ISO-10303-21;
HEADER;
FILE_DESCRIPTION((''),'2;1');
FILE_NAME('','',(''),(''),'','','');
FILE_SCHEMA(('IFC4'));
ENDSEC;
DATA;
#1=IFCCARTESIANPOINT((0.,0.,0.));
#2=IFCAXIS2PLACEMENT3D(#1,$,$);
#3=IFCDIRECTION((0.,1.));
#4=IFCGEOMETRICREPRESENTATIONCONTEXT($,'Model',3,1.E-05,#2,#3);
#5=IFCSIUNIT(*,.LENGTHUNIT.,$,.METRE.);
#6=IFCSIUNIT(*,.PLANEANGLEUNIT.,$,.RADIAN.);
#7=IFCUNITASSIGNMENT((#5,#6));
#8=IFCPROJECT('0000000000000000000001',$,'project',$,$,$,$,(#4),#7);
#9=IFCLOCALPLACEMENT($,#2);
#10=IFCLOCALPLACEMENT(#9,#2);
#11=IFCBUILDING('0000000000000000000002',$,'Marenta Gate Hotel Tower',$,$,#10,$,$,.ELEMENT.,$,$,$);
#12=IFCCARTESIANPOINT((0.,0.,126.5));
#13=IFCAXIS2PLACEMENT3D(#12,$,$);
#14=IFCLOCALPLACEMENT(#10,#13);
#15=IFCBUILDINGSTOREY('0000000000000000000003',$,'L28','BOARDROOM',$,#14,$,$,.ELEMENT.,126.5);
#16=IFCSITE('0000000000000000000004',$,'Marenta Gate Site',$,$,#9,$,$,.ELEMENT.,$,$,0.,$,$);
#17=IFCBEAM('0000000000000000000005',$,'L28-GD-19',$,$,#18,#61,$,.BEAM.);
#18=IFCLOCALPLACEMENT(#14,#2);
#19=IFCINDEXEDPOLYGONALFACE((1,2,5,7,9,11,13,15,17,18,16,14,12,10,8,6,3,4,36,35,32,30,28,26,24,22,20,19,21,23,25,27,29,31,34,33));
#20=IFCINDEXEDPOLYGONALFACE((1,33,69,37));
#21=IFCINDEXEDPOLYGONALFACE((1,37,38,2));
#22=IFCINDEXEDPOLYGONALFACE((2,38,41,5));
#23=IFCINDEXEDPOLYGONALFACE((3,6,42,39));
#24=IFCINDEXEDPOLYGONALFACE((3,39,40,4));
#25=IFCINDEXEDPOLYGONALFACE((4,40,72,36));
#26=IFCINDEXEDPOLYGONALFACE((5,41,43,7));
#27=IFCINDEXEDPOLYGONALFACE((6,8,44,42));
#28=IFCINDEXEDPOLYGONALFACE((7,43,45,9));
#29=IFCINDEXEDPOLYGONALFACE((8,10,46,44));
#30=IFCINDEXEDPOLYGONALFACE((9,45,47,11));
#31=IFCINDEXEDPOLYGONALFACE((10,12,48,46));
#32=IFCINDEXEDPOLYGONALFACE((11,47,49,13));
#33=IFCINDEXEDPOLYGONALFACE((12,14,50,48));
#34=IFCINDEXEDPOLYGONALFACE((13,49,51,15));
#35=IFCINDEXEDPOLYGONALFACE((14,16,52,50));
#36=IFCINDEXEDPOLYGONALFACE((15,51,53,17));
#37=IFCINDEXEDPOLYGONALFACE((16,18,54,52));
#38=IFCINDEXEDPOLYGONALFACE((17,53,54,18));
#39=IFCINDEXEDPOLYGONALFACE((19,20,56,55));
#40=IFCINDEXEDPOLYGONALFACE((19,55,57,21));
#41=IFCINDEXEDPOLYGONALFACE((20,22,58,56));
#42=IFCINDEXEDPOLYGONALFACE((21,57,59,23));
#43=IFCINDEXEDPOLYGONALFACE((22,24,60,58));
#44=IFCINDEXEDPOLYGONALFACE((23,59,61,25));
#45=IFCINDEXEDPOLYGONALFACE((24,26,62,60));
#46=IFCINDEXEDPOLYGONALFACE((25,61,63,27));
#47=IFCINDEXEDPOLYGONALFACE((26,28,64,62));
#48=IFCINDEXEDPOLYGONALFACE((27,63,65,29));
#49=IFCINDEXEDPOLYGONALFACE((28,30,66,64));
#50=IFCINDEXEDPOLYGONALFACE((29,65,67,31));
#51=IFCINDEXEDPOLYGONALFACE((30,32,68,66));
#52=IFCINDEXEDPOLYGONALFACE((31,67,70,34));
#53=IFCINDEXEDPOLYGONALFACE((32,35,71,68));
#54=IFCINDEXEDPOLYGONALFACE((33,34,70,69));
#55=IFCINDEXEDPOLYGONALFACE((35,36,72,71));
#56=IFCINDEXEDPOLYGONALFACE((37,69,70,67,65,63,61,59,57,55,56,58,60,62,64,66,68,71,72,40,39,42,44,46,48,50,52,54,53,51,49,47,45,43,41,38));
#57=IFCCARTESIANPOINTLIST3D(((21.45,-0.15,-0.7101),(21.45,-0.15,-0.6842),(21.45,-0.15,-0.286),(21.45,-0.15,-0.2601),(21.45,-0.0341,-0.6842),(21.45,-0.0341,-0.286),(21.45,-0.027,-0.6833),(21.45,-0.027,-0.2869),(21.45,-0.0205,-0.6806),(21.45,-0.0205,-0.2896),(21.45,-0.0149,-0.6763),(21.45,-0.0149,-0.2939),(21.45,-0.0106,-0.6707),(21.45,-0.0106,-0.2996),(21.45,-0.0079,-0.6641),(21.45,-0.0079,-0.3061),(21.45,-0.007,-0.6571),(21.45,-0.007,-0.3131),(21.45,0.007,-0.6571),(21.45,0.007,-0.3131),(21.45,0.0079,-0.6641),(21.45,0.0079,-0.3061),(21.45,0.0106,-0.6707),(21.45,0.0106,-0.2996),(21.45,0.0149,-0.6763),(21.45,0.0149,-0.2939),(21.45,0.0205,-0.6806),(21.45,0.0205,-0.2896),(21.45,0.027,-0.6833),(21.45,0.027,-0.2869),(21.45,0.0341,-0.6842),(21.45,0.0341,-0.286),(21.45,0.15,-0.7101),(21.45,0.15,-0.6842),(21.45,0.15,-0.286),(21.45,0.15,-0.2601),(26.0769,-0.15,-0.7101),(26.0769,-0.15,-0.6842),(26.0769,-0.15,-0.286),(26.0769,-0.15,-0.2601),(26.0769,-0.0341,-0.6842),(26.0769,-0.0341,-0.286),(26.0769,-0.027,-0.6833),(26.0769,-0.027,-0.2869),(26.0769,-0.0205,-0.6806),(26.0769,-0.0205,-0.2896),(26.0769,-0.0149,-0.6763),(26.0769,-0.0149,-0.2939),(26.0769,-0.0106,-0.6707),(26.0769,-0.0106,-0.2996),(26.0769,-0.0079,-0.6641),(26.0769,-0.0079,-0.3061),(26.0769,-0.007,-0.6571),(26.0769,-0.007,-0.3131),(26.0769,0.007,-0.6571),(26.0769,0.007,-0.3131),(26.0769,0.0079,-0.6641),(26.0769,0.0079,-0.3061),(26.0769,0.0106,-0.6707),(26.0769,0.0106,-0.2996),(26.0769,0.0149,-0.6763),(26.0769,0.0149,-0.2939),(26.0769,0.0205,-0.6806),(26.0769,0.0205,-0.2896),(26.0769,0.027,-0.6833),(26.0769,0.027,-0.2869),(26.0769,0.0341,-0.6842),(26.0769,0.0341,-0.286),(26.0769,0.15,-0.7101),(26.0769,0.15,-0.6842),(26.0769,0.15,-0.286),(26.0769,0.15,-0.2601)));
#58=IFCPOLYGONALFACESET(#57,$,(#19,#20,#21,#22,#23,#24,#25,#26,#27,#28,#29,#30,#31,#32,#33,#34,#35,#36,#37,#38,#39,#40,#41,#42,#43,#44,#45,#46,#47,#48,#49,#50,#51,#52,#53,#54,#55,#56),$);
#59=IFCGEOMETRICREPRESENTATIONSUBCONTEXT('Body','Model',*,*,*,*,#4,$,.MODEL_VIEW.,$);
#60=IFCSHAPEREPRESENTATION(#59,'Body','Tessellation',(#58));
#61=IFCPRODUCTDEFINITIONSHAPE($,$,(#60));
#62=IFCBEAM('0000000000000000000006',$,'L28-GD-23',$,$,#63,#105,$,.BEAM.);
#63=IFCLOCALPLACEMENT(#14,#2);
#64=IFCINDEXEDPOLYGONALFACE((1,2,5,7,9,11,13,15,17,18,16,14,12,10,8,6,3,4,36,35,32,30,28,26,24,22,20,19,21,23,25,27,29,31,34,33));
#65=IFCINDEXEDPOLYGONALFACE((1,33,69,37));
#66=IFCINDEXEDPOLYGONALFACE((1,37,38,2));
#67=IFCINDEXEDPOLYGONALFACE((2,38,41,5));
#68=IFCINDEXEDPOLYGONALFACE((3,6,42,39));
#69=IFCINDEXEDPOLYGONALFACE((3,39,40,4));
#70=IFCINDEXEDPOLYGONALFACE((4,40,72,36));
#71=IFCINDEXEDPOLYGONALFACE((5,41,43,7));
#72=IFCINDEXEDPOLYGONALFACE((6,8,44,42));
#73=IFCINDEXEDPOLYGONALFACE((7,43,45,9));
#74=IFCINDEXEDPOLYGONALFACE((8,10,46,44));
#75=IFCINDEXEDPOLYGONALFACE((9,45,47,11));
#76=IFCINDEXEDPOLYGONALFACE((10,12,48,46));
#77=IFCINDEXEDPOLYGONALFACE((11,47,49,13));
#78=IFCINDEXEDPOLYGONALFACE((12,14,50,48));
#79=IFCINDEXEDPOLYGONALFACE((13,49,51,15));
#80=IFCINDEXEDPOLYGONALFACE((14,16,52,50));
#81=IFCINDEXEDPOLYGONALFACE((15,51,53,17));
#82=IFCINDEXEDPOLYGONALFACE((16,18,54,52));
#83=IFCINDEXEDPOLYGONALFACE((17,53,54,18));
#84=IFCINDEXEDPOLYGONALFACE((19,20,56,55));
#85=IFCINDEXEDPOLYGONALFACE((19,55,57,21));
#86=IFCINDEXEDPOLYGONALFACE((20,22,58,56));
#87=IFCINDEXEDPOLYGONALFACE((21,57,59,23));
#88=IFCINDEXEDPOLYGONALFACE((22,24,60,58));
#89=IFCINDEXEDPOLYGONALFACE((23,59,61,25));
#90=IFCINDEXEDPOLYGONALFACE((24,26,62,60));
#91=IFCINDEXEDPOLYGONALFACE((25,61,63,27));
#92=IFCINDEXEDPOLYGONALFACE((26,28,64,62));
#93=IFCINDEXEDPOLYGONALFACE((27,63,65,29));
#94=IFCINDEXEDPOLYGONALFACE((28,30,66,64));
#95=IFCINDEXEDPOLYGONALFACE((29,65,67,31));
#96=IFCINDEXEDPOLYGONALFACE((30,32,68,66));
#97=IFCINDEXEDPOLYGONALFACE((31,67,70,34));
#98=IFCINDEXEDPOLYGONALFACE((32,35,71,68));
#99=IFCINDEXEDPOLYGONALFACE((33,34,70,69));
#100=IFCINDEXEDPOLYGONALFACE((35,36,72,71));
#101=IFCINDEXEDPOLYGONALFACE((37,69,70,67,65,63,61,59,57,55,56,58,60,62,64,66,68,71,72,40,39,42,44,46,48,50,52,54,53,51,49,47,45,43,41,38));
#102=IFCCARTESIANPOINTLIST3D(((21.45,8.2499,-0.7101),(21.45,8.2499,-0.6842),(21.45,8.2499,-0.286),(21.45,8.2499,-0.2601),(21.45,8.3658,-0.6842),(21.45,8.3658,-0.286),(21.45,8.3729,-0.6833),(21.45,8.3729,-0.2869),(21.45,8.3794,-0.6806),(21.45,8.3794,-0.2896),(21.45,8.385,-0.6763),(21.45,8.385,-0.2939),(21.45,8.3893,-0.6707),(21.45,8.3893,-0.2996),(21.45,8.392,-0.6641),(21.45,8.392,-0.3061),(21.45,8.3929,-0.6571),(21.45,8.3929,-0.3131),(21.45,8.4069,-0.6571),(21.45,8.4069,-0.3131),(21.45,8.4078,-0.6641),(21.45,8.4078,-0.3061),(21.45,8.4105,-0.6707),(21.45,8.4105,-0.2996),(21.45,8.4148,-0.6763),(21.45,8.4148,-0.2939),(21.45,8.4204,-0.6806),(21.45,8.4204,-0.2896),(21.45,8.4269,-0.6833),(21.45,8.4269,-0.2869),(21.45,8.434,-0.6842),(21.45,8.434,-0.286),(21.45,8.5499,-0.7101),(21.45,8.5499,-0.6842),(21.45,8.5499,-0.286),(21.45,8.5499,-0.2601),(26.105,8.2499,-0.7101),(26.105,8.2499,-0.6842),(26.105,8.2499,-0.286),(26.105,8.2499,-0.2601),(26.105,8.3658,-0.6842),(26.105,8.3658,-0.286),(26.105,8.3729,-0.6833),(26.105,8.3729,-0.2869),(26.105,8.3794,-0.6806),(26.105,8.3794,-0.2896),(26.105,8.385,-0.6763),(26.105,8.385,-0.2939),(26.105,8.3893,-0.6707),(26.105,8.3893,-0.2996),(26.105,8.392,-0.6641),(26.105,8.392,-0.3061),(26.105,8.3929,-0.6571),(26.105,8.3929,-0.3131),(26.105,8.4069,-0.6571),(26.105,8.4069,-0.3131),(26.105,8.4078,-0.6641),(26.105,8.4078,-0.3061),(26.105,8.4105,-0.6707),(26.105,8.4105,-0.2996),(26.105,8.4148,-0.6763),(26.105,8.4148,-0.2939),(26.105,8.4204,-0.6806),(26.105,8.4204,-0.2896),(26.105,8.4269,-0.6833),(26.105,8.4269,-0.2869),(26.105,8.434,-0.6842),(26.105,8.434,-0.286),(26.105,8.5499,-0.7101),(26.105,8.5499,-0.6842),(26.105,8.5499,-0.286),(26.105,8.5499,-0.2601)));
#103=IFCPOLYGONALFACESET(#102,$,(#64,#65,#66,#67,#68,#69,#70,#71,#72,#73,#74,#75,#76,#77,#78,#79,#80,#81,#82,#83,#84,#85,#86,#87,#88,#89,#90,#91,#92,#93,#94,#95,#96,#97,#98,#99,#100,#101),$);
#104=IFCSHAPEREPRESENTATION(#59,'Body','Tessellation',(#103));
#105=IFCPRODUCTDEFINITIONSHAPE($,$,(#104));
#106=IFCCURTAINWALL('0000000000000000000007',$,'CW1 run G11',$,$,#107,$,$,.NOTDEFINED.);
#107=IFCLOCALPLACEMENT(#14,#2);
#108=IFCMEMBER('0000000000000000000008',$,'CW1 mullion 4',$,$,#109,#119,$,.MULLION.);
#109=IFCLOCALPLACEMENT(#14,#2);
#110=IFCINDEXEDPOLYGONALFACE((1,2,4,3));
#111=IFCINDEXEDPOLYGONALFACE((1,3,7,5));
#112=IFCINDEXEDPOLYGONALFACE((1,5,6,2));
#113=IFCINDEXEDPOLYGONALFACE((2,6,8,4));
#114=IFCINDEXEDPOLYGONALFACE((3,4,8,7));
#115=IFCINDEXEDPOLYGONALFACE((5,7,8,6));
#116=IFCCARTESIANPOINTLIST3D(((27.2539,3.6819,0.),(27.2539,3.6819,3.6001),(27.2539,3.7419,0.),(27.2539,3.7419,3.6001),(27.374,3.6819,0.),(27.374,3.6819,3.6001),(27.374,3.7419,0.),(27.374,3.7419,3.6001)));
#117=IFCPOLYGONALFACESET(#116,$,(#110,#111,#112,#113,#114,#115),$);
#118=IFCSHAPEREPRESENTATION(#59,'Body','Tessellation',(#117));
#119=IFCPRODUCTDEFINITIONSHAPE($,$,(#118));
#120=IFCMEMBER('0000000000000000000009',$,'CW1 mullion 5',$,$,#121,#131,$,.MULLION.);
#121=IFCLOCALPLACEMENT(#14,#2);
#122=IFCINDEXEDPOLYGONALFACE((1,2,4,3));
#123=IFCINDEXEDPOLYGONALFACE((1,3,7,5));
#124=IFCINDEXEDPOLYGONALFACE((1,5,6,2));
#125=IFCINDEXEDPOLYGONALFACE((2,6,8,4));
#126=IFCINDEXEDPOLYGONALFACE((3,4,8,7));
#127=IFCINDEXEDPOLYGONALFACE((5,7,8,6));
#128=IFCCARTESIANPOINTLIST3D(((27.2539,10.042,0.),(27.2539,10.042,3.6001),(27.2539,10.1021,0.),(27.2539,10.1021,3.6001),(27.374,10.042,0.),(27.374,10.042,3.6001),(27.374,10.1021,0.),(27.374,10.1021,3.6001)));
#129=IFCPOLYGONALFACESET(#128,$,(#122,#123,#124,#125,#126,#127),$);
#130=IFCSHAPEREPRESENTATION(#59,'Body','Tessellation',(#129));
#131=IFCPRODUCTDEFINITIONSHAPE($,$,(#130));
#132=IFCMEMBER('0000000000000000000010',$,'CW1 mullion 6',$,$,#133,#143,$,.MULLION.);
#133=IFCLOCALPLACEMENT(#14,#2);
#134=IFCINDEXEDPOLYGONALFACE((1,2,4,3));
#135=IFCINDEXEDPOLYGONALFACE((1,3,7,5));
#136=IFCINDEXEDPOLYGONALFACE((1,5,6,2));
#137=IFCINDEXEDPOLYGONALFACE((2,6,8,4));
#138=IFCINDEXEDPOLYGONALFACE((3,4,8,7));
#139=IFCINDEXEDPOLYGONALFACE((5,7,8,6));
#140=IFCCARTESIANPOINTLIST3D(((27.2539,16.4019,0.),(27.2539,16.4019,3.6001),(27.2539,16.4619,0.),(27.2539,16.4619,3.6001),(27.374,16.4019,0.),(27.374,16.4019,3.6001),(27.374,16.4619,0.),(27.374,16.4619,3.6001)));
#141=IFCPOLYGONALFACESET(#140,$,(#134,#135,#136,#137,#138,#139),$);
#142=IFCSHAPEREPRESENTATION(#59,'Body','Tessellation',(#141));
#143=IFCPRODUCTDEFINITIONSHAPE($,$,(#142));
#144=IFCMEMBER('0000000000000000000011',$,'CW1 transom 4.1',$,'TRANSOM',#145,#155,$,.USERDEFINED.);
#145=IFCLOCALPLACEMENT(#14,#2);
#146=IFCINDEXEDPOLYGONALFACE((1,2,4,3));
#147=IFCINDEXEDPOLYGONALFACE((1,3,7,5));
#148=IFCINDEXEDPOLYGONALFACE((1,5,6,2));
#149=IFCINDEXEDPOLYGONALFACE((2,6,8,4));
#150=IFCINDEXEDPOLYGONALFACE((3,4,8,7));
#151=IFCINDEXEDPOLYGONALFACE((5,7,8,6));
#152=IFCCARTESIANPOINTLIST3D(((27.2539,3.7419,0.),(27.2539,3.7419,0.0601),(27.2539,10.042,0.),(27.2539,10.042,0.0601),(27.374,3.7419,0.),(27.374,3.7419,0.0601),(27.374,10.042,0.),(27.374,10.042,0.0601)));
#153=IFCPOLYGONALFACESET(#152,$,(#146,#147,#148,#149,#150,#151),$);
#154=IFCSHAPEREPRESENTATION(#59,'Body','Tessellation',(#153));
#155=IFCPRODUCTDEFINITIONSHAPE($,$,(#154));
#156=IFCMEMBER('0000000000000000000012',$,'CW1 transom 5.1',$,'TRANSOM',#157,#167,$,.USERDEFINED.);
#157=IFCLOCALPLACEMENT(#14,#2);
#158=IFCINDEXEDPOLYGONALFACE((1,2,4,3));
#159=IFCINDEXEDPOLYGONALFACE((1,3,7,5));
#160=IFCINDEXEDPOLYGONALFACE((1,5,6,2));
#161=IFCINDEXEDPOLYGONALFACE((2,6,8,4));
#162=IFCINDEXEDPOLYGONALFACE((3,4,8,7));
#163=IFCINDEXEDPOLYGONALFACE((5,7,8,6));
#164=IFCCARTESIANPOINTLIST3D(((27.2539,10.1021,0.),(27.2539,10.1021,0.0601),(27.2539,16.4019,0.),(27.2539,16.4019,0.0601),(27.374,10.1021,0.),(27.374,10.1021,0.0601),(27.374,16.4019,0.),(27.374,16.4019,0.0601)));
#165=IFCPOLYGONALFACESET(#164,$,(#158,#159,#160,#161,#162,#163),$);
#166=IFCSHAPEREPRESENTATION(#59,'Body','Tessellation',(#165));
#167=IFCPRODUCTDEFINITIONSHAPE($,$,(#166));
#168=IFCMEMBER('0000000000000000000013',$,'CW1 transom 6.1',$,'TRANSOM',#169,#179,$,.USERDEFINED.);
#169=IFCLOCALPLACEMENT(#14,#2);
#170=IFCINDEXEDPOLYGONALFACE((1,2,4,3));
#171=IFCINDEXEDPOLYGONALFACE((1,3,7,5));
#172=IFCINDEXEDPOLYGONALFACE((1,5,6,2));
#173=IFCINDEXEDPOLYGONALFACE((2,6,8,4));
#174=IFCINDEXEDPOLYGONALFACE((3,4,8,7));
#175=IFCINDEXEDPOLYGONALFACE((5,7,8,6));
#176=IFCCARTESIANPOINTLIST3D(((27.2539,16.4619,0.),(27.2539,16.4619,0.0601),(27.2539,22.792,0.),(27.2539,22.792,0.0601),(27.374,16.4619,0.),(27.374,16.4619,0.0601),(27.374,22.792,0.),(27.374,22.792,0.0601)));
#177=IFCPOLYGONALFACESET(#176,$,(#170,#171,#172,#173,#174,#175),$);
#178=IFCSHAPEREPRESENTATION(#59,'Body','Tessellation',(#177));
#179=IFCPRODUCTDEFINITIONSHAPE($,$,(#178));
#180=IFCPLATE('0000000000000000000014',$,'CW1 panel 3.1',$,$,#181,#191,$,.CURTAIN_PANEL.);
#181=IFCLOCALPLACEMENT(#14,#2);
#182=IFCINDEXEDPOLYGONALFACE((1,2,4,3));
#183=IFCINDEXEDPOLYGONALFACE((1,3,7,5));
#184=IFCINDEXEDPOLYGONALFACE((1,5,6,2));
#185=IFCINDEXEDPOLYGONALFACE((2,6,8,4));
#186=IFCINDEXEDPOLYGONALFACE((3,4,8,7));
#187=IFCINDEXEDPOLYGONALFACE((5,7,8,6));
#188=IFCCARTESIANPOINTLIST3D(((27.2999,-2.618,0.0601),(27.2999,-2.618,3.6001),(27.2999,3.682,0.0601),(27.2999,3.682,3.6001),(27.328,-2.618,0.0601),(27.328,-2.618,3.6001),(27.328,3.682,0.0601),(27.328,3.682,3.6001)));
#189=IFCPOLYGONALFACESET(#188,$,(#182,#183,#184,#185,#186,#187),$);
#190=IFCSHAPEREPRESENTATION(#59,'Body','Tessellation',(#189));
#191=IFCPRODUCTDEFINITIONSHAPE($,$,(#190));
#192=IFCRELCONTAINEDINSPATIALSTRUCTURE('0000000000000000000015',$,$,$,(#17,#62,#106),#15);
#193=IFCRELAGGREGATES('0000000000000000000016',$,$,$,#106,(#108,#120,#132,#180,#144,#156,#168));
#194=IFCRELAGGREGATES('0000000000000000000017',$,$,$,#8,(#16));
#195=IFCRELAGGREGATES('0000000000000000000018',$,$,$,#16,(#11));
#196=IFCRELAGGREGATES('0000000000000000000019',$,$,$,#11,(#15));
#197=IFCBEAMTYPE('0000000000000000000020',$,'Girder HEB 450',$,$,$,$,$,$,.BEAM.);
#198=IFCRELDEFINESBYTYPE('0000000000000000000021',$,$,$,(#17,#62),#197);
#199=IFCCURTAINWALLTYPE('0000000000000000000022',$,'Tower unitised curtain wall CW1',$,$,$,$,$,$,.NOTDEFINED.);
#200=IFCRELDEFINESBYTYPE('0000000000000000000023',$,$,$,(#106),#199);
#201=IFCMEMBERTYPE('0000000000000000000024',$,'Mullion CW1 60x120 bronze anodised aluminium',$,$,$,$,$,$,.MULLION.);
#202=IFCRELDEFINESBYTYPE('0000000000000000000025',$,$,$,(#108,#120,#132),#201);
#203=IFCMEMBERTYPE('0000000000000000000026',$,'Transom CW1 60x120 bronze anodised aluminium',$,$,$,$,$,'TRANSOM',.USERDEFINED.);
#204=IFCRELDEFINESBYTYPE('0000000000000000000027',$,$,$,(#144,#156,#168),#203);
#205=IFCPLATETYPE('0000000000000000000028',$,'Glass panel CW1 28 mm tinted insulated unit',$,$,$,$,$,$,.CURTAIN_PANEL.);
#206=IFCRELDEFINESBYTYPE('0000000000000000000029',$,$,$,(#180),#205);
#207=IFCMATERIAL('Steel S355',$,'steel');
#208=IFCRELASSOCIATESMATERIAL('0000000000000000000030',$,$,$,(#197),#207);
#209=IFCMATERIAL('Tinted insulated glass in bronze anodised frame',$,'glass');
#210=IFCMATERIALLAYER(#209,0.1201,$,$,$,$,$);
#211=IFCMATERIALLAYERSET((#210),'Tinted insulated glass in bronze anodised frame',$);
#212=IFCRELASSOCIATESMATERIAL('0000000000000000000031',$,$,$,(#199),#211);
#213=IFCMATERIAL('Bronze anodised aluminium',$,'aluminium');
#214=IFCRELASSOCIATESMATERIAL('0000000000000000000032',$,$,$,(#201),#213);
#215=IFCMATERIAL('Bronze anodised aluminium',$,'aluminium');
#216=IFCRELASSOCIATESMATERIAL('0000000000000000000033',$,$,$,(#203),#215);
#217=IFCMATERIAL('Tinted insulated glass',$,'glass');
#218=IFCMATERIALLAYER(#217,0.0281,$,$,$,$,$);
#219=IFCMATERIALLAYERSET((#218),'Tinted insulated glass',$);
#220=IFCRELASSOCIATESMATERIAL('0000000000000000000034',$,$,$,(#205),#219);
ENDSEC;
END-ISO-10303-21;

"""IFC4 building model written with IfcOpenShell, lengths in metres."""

from ifc_helpers import new_model, si_unit, direction, frame, origin, origin_2d, place, context, subcontext, project, spatial, rectangle, i_section, extrude, material, layer, layer_set, material_profile, profile_set, type_object, element, aggregate, save


model = new_model("IFC4")

# Units and contexts
model_context = context("Model", 3, precision=1e-05, world=origin(), true_north=direction((0.0, 1.0)))
body_context = subcontext(model_context, "Body", "Model", "MODEL_VIEW")
ifc_project = project(units=[si_unit("LENGTHUNIT", "METRE"), si_unit("PLANEANGLEUNIT", "RADIAN")], contexts=[model_context])

# Site, building, storey
site_placement = place(None, origin())
site = spatial("IfcSite", under=ifc_project, at=site_placement, Name="Marenta Gate Site", CompositionType="ELEMENT", RefElevation=0.0)
building_placement = place(site_placement, origin())
building = spatial("IfcBuilding", under=site, at=building_placement, Name="Marenta Gate Hotel Tower", CompositionType="ELEMENT")
storey_placement = place(building_placement, frame((0.0, 0.0, 126.5)))
storey = spatial("IfcBuildingStorey", under=building, at=storey_placement, Name="L28", Description="BOARDROOM", CompositionType="ELEMENT", Elevation=126.5)

# Beams
ifc_material_1 = material(Name="Steel S355", Category="steel")
ifc_material_profile_1 = material_profile(ifc_material_1, i_section(OverallWidth=0.3, OverallDepth=0.45, WebThickness=0.0139, FlangeThickness=0.0259, FilletRadius=0.0271, at=origin_2d()), Name="HEB 450")
ifc_profile_set_1 = profile_set([ifc_material_profile_1], Name="Steel S355")
beam_type_1 = type_object("IfcBeamType", Name="Girder HEB 450", PredefinedType="BEAM", material=ifc_profile_set_1)
beam_1_placement = place(storey_placement, frame((21.45, 0.0, -0.4851), z_axis=(1.0, 0.0, 0.0), x_axis=(0.0, 1.0, 0.0)))
element("IfcBeam", 1, at=beam_1_placement, inside=storey, type_object=beam_type_1, Name="L28-GD-19", PredefinedType="BEAM", context=body_context, shape_type="SweptSolid", body=[
    extrude(i_section(OverallWidth=0.3, OverallDepth=0.45, WebThickness=0.0139, FlangeThickness=0.0259, FilletRadius=0.0271, at=origin_2d()), origin(), (0.0, 0.0, 1.0), 4.627),
])
beam_2_placement = place(storey_placement, frame((21.45, 8.3999, -0.4851), z_axis=(1.0, 0.0, 0.0), x_axis=(0.0, 1.0, 0.0)))
element("IfcBeam", 2, at=beam_2_placement, inside=storey, type_object=beam_type_1, Name="L28-GD-23", PredefinedType="BEAM", context=body_context, shape_type="SweptSolid", body=[
    extrude(i_section(OverallWidth=0.3, OverallDepth=0.45, WebThickness=0.0139, FlangeThickness=0.0259, FilletRadius=0.0271, at=origin_2d()), origin(), (0.0, 0.0, 1.0), 4.655),
])

# Curtain wall, members, plate
ifc_material_2 = material(Name="Tinted insulated glass in bronze anodised frame", Category="glass")
ifc_layer_1 = layer(ifc_material_2, 0.1201)
ifc_layer_set_1 = layer_set([ifc_layer_1], Name="Tinted insulated glass in bronze anodised frame")
curtain_wall_type = type_object("IfcCurtainWallType", Name="Tower unitised curtain wall CW1", PredefinedType="NOTDEFINED", material=ifc_layer_set_1)
curtain_wall_placement = place(storey_placement, origin())
curtain_wall = element("IfcCurtainWall", 3, at=curtain_wall_placement, inside=storey, type_object=curtain_wall_type, Name="CW1 run G11", PredefinedType="NOTDEFINED")
ifc_material_3 = material(Name="Bronze anodised aluminium", Category="aluminium")
ifc_material_profile_2 = material_profile(ifc_material_3, rectangle(XDim=0.1201, YDim=0.0601, at=origin_2d()), Name="Mullion CW1 60x120 bronze anodised aluminium")
ifc_profile_set_2 = profile_set([ifc_material_profile_2], Name="Bronze anodised aluminium")
member_type_1 = type_object("IfcMemberType", Name="Mullion CW1 60x120 bronze anodised aluminium", PredefinedType="MULLION", material=ifc_profile_set_2)
member_1_placement = place(storey_placement, frame((27.314, 3.7119, 0.0), z_axis=(0.0, 0.0, 1.0), x_axis=(-1.0, 0.0, 0.0)))
member_1 = element("IfcMember", 4, at=member_1_placement, type_object=member_type_1, Name="CW1 mullion 4", PredefinedType="MULLION", context=body_context, shape_type="SweptSolid", body=[
    extrude(rectangle(XDim=0.1201, YDim=0.0601, at=origin_2d()), origin(), (0.0, 0.0, 1.0), 3.6001),
])
member_2_placement = place(storey_placement, frame((27.314, 10.072, 0.0), z_axis=(0.0, 0.0, 1.0), x_axis=(-1.0, 0.0, 0.0)))
member_2 = element("IfcMember", 5, at=member_2_placement, type_object=member_type_1, Name="CW1 mullion 5", PredefinedType="MULLION", context=body_context, shape_type="SweptSolid", body=[
    extrude(rectangle(XDim=0.1201, YDim=0.0601, at=origin_2d()), origin(), (0.0, 0.0, 1.0), 3.6001),
])
member_3_placement = place(storey_placement, frame((27.314, 16.4319, 0.0), z_axis=(0.0, 0.0, 1.0), x_axis=(-1.0, 0.0, 0.0)))
member_3 = element("IfcMember", 6, at=member_3_placement, type_object=member_type_1, Name="CW1 mullion 6", PredefinedType="MULLION", context=body_context, shape_type="SweptSolid", body=[
    extrude(rectangle(XDim=0.1201, YDim=0.0601, at=origin_2d()), origin(), (0.0, 0.0, 1.0), 3.6001),
])
ifc_material_4 = material(Name="Bronze anodised aluminium", Category="aluminium")
ifc_material_profile_3 = material_profile(ifc_material_4, rectangle(XDim=0.1201, YDim=0.0601, at=origin_2d()), Name="Transom CW1 60x120 bronze anodised aluminium")
ifc_profile_set_3 = profile_set([ifc_material_profile_3], Name="Bronze anodised aluminium")
member_type_2 = type_object("IfcMemberType", Name="Transom CW1 60x120 bronze anodised aluminium", ElementType="TRANSOM", PredefinedType="USERDEFINED", material=ifc_profile_set_3)
member_4_placement = place(storey_placement, frame((27.314, 3.7419, 0.03), z_axis=(0.0, 1.0, 0.0), x_axis=(-1.0, 0.0, 0.0)))
member_4 = element("IfcMember", 7, at=member_4_placement, type_object=member_type_2, Name="CW1 transom 4.1", ObjectType="TRANSOM", PredefinedType="USERDEFINED", context=body_context, shape_type="SweptSolid", body=[
    extrude(rectangle(XDim=0.1201, YDim=0.0601, at=origin_2d()), origin(), (0.0, 0.0, 1.0), 6.3),
])
member_5_placement = place(storey_placement, frame((27.314, 10.1021, 0.03), z_axis=(0.0, 1.0, 0.0), x_axis=(-1.0, 0.0, 0.0)))
member_5 = element("IfcMember", 8, at=member_5_placement, type_object=member_type_2, Name="CW1 transom 5.1", ObjectType="TRANSOM", PredefinedType="USERDEFINED", context=body_context, shape_type="SweptSolid", body=[
    extrude(rectangle(XDim=0.1201, YDim=0.0601, at=origin_2d()), origin(), (0.0, 0.0, 1.0), 6.2998),
])
member_6_placement = place(storey_placement, frame((27.314, 16.4619, 0.03), z_axis=(0.0, 1.0, 0.0), x_axis=(-1.0, 0.0, 0.0)))
member_6 = element("IfcMember", 9, at=member_6_placement, type_object=member_type_2, Name="CW1 transom 6.1", ObjectType="TRANSOM", PredefinedType="USERDEFINED", context=body_context, shape_type="SweptSolid", body=[
    extrude(rectangle(XDim=0.1201, YDim=0.0601, at=origin_2d()), origin(), (0.0, 0.0, 1.0), 6.3301),
])
ifc_material_5 = material(Name="Tinted insulated glass", Category="glass")
ifc_layer_2 = layer(ifc_material_5, 0.0281)
ifc_layer_set_2 = layer_set([ifc_layer_2], Name="Tinted insulated glass")
plate_type = type_object("IfcPlateType", Name="Glass panel CW1 28 mm tinted insulated unit", PredefinedType="CURTAIN_PANEL", material=ifc_layer_set_2)
plate_1_placement = place(storey_placement, frame((27.314, 0.532, 0.0601), z_axis=(0.0, 0.0, 1.0), x_axis=(0.0, 1.0, 0.0)))
plate_1 = element("IfcPlate", 10, at=plate_1_placement, type_object=plate_type, Name="CW1 panel 3.1", PredefinedType="CURTAIN_PANEL", context=body_context, shape_type="SweptSolid", body=[
    extrude(rectangle(XDim=6.3, YDim=0.0281, at=origin_2d()), origin(), (0.0, 0.0, 1.0), 3.54),
])
aggregate(curtain_wall, [member_1, member_2, member_3, plate_1, member_4, member_5, member_6])

save(model, "model.ifc")
